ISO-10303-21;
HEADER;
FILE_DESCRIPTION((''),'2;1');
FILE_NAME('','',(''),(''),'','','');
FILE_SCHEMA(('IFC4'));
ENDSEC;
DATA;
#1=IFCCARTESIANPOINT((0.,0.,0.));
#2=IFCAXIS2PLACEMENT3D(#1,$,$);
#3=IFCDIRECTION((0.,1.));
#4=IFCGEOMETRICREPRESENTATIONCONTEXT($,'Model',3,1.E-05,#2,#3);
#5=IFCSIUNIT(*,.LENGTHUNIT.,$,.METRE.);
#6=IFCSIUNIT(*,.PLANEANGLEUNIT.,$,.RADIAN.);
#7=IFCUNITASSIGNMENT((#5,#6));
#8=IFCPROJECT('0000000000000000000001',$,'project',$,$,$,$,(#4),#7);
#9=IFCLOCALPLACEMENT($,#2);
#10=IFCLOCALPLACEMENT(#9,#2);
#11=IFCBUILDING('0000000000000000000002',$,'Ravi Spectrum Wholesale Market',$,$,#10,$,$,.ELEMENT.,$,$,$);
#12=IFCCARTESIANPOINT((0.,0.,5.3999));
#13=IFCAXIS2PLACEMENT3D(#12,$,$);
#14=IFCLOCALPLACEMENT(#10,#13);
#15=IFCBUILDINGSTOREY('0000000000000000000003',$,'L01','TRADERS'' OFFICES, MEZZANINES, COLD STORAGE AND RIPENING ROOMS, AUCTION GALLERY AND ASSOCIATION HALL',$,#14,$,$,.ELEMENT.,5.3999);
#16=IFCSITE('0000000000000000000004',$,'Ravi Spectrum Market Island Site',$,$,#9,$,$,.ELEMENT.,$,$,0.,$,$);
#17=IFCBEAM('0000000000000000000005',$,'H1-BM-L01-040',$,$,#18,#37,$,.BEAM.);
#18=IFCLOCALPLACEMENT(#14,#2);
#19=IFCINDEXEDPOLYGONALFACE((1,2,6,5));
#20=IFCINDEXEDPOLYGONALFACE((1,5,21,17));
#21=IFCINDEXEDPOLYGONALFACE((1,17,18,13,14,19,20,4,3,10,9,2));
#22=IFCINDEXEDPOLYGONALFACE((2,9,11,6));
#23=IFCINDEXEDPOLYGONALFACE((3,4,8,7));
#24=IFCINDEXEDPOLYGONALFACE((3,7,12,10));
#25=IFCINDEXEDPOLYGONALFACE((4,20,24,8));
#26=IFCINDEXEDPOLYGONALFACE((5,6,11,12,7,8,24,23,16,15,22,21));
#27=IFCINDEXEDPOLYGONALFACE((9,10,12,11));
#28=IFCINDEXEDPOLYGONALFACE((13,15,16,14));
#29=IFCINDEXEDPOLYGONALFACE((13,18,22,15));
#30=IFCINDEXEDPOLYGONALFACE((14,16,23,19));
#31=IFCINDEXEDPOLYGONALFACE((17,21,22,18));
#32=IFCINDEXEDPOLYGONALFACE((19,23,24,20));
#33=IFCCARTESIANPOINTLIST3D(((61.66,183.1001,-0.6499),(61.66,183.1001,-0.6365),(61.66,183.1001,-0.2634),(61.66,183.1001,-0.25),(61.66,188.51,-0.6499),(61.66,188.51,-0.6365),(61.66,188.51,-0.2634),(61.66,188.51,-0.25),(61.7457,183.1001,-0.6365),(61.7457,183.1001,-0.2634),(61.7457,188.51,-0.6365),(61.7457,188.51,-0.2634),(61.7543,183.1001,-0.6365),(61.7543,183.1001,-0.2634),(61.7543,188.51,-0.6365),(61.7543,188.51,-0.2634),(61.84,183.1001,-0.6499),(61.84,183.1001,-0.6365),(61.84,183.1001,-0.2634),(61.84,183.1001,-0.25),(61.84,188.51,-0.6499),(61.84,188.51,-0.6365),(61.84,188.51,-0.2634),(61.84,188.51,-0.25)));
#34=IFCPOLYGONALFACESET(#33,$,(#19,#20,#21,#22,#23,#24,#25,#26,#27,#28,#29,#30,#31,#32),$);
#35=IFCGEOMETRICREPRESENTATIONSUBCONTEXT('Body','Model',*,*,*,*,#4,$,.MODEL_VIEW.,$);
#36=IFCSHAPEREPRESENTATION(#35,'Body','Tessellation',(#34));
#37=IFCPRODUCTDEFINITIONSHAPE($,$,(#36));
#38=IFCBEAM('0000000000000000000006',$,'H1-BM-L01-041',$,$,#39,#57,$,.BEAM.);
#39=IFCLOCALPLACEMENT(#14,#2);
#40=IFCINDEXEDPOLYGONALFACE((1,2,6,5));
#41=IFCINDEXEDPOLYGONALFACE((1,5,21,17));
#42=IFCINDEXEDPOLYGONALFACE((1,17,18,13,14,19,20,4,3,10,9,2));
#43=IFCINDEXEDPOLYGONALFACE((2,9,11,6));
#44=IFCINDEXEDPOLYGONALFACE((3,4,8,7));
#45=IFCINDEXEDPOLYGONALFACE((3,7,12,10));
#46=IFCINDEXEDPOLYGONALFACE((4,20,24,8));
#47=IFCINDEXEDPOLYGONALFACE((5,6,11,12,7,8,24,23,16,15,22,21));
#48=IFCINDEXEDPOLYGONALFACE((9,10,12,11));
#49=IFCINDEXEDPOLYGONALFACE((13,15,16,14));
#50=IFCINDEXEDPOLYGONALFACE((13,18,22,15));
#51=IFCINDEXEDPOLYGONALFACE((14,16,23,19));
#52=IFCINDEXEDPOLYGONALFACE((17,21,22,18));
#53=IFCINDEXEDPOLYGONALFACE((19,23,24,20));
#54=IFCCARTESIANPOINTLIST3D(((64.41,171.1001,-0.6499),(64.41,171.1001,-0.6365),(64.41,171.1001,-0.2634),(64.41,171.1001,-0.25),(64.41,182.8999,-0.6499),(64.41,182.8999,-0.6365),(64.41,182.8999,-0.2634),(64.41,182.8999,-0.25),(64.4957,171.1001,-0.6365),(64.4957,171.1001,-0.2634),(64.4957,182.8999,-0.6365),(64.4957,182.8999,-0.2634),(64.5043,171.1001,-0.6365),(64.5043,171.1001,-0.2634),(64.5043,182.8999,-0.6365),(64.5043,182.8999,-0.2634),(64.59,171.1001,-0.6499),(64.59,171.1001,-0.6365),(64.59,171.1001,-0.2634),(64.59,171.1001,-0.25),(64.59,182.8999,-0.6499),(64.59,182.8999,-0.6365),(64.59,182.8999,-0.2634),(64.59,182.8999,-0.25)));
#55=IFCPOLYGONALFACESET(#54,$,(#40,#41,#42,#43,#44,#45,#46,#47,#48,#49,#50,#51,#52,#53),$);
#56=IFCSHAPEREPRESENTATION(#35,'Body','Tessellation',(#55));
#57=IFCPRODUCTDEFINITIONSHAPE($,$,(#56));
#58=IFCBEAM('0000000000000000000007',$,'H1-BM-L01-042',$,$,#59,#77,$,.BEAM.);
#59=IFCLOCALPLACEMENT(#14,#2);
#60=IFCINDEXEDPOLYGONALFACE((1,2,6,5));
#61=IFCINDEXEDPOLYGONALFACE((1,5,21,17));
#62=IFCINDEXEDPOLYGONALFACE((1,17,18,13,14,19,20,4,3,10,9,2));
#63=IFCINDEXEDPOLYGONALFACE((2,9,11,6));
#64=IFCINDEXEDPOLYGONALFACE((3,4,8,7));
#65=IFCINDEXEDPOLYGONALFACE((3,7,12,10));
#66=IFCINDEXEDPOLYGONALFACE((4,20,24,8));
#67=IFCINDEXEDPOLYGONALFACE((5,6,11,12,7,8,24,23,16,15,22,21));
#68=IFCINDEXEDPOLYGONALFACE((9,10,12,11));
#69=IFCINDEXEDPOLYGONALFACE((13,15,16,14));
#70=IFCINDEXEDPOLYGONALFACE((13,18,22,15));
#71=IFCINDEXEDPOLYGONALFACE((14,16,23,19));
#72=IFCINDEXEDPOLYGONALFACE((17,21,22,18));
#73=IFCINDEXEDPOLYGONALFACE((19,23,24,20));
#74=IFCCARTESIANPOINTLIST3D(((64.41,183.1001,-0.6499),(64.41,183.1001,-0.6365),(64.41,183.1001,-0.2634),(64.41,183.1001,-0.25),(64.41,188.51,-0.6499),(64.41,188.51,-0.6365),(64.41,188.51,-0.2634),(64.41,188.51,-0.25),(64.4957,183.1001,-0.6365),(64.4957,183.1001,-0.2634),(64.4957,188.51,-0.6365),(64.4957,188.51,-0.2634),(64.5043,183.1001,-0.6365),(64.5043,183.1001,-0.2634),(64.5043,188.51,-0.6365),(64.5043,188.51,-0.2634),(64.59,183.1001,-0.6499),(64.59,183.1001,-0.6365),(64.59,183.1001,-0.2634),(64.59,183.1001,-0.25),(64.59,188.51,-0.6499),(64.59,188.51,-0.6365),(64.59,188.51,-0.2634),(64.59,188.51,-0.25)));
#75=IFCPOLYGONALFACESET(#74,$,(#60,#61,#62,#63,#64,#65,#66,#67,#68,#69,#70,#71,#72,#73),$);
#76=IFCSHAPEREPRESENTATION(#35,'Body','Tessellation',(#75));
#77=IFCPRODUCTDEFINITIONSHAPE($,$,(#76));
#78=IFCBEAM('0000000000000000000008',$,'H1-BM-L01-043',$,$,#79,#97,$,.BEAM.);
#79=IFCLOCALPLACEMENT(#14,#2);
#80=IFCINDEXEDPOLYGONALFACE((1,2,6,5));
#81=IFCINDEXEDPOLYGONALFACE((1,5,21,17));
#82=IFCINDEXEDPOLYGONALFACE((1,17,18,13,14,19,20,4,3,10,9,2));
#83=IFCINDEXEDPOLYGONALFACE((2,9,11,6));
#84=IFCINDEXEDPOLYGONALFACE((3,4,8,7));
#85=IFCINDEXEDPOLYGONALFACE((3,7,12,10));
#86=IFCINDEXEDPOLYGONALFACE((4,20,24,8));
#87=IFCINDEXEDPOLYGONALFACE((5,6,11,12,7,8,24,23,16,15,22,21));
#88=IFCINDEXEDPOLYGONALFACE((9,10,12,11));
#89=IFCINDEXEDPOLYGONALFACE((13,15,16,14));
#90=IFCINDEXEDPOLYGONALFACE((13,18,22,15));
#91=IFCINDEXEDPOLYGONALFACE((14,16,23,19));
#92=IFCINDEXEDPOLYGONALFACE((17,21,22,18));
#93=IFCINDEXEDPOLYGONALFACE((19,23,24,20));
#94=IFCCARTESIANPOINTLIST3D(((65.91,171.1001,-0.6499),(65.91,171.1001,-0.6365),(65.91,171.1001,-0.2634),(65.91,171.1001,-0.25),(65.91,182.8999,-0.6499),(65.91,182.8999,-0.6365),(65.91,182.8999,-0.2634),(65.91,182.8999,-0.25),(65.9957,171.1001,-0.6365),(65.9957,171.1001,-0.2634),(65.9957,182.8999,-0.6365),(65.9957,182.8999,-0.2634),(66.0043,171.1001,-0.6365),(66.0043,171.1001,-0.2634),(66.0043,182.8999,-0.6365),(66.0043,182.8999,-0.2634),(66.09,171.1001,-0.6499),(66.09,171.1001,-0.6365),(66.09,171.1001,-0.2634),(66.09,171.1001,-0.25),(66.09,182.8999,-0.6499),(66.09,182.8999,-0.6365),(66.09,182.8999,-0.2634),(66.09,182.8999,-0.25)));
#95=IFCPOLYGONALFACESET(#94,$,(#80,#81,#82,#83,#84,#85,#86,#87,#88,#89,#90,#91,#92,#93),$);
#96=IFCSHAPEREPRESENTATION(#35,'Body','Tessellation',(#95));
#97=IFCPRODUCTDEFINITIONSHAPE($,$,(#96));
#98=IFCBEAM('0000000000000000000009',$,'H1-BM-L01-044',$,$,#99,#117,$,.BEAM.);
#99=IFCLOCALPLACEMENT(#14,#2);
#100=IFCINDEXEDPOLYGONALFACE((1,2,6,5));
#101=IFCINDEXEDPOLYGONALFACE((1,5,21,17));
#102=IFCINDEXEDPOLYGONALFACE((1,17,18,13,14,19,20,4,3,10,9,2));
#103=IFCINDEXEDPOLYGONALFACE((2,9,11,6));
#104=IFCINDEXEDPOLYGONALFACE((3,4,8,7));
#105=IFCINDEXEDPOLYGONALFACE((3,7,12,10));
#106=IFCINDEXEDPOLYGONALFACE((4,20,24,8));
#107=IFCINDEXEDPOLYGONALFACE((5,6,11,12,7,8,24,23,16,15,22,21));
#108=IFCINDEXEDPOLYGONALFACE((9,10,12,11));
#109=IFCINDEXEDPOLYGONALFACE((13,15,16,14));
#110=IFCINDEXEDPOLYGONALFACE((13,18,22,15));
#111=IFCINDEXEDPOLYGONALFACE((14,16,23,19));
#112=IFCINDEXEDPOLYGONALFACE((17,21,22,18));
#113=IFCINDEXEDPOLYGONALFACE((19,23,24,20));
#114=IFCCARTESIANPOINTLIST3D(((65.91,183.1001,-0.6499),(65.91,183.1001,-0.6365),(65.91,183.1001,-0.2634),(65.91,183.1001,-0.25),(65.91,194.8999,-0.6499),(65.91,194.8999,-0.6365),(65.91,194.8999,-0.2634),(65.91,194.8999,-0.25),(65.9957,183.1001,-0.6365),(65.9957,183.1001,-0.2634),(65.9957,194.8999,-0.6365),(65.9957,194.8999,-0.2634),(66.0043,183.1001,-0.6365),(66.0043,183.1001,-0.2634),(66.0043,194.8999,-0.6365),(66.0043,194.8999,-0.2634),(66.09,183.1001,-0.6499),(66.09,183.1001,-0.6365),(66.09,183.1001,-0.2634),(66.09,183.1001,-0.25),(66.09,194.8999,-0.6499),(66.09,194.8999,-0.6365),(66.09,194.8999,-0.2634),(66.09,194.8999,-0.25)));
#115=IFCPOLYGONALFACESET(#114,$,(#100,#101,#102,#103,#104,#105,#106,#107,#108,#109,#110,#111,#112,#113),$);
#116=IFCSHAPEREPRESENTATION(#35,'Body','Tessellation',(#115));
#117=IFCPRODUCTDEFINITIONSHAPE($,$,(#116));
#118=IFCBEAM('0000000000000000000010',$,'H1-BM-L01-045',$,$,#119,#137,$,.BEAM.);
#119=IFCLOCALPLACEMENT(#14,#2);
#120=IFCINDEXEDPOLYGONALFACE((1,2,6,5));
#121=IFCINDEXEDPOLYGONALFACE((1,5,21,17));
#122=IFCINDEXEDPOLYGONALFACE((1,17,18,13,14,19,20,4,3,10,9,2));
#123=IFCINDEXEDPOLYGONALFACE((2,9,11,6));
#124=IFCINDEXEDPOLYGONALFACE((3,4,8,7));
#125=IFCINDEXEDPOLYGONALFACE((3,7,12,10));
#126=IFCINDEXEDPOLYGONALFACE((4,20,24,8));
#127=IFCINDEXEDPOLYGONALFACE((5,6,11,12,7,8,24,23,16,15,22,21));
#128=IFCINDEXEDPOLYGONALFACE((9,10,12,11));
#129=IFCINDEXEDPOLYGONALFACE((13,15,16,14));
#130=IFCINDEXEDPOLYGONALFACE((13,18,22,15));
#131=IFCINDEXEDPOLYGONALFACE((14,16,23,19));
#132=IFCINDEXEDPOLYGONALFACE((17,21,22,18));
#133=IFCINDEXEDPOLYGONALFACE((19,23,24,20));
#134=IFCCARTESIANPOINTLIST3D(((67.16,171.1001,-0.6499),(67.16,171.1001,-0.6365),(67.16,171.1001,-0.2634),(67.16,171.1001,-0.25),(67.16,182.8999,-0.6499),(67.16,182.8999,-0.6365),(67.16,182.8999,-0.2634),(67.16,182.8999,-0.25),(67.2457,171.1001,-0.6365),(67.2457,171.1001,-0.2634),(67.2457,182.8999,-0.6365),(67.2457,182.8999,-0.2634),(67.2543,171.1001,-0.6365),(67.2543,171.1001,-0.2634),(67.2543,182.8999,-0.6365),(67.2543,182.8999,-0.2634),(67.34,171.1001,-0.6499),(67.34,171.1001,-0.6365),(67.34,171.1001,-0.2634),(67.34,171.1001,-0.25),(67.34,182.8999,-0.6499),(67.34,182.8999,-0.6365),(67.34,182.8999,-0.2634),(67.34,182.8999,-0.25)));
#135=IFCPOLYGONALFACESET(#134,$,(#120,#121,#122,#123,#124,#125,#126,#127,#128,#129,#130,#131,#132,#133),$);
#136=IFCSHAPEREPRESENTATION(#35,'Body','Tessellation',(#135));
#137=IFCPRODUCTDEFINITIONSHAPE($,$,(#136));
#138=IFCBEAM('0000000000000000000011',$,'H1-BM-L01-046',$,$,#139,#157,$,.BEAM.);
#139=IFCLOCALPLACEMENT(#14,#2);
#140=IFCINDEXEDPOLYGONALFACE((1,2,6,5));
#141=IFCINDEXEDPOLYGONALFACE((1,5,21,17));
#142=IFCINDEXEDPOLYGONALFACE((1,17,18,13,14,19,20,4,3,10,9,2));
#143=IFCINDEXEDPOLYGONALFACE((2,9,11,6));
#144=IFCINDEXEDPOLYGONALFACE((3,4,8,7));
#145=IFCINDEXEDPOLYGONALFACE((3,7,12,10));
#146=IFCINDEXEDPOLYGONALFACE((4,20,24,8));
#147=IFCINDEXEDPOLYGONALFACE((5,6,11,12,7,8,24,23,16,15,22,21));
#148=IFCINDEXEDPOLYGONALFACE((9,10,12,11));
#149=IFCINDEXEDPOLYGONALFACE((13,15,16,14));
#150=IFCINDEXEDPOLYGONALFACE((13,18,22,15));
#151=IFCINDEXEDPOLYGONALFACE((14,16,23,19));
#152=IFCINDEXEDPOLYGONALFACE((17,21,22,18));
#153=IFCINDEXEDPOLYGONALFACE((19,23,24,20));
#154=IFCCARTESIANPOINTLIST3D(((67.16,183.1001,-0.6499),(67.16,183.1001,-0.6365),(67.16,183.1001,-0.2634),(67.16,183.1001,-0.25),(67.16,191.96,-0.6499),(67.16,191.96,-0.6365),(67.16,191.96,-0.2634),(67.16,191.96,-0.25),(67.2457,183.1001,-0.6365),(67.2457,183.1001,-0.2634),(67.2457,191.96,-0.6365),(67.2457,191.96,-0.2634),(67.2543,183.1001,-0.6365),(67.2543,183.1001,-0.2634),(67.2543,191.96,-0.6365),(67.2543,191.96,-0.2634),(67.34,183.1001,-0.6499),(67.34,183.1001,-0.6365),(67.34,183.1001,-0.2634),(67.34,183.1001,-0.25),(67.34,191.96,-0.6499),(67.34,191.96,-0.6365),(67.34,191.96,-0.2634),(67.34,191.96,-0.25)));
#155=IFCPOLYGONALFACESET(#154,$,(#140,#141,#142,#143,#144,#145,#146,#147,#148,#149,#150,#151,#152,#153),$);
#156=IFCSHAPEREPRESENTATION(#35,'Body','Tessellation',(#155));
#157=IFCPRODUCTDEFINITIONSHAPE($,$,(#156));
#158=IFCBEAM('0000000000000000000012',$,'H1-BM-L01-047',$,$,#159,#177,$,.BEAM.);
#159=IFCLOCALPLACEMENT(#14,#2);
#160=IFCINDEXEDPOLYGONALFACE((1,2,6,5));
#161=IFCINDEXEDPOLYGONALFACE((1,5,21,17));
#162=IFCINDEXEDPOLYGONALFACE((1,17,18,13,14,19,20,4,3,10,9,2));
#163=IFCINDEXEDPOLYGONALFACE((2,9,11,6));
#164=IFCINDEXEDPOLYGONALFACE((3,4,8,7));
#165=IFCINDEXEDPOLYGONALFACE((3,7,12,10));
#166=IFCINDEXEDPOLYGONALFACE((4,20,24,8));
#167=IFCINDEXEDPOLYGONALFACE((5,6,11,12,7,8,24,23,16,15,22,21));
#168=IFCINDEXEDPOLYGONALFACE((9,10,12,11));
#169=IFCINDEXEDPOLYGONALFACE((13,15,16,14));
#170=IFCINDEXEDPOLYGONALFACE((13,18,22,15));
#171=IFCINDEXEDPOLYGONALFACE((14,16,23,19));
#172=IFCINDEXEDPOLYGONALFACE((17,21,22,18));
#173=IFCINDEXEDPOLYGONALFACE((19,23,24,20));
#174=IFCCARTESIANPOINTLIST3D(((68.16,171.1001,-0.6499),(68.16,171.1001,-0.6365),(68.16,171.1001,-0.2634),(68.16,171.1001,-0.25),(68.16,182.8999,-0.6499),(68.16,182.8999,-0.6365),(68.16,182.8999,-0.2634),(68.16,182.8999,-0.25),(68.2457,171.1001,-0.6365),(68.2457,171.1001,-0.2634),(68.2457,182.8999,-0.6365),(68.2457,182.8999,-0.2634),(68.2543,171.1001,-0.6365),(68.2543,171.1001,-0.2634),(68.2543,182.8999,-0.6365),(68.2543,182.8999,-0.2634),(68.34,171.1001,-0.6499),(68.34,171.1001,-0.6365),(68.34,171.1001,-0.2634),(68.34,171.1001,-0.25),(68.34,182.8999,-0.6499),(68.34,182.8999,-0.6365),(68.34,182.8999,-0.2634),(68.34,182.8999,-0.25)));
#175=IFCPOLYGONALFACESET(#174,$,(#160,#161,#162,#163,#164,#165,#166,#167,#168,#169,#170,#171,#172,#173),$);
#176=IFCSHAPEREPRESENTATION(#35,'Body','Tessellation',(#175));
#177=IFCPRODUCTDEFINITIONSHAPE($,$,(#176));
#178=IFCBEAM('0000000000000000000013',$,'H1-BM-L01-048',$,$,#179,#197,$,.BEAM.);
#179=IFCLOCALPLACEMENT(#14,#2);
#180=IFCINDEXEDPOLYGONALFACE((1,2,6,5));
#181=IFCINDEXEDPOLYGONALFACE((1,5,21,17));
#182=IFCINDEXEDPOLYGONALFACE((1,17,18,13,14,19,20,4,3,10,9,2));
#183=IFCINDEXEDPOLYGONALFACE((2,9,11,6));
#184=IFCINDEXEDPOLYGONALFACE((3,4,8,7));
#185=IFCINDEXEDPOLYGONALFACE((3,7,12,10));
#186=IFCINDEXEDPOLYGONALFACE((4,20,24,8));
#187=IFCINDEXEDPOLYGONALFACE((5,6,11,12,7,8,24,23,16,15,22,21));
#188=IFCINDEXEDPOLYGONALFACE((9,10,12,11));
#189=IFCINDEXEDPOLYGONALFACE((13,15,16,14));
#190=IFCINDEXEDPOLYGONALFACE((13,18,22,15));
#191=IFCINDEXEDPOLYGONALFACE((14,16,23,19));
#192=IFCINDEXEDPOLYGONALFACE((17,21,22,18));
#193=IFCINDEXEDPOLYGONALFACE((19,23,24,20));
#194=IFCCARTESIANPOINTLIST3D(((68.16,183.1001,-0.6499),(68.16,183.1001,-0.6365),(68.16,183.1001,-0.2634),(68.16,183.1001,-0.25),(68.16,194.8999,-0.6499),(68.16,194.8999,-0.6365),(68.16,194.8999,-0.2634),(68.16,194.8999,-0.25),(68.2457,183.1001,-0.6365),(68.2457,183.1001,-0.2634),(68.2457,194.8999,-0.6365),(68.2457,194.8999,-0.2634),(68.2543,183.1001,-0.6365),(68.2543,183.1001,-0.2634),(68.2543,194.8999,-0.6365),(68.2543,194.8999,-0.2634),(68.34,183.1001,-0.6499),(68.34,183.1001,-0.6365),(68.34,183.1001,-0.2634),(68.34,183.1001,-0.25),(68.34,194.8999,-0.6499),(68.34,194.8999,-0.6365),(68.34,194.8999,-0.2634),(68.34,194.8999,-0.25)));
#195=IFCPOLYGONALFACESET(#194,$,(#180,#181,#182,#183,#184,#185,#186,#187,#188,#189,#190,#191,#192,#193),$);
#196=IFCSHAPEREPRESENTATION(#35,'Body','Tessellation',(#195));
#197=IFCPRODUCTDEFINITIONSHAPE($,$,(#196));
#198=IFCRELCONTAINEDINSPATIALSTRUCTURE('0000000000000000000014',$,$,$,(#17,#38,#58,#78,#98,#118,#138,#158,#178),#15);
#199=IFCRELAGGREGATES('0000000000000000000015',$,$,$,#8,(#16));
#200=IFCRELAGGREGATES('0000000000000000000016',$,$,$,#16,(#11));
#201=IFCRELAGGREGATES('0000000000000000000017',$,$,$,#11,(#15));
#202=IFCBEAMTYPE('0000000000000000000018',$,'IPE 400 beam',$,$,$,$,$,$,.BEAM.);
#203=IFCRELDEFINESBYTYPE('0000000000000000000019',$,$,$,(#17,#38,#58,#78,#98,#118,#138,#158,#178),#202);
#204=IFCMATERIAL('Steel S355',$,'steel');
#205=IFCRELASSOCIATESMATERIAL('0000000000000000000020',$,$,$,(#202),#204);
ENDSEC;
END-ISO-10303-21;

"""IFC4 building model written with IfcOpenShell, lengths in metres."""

from ifc_helpers import new_model, si_unit, direction, frame, origin, origin_2d, place, context, subcontext, project, spatial, i_section, extrude, material, material_profile, profile_set, type_object, element, save


model = new_model("IFC4")

# Units and contexts
model_context = context("Model", 3, precision=1e-05, world=origin(), true_north=direction((0.0, 1.0)))
body_context = subcontext(model_context, "Body", "Model", "MODEL_VIEW")
ifc_project = project(units=[si_unit("LENGTHUNIT", "METRE"), si_unit("PLANEANGLEUNIT", "RADIAN")], contexts=[model_context])

# Site, building, storey
site_placement = place(None, origin())
site = spatial("IfcSite", under=ifc_project, at=site_placement, Name="Ravi Spectrum Market Island Site", CompositionType="ELEMENT", RefElevation=0.0)
building_placement = place(site_placement, origin())
building = spatial("IfcBuilding", under=site, at=building_placement, Name="Ravi Spectrum Wholesale Market", CompositionType="ELEMENT")
storey_placement = place(building_placement, frame((0.0, 0.0, 5.3999)))
storey = spatial("IfcBuildingStorey", under=building, at=storey_placement, Name="L01", Description="TRADERS' OFFICES, MEZZANINES, COLD STORAGE AND RIPENING ROOMS, AUCTION GALLERY AND ASSOCIATION HALL", CompositionType="ELEMENT", Elevation=5.3999)

# Beams
ifc_material_1 = material(Name="Steel S355", Category="steel")
ifc_material_profile_1 = material_profile(ifc_material_1, i_section(OverallWidth=0.1799, OverallDepth=0.3999, WebThickness=0.0085, FlangeThickness=0.0134, at=origin_2d()))
ifc_profile_set_1 = profile_set([ifc_material_profile_1], Name="Steel S355")
beam_type_1 = type_object("IfcBeamType", Name="IPE 400 beam", PredefinedType="BEAM", material=ifc_profile_set_1)
beam_1_placement = place(storey_placement, frame((61.75, 183.1001, -0.45), z_axis=(0.0, 1.0, 0.0), x_axis=(-1.0, 0.0, 0.0)))
element("IfcBeam", 1, at=beam_1_placement, inside=storey, type_object=beam_type_1, Name="H1-BM-L01-040", PredefinedType="BEAM", context=body_context, shape_type="SweptSolid", body=[
    extrude(i_section(OverallWidth=0.1799, OverallDepth=0.3999, WebThickness=0.0085, FlangeThickness=0.0134, at=origin_2d()), origin(), (0.0, 0.0, 1.0), 5.4099),
])
beam_2_placement = place(storey_placement, frame((64.5, 171.1001, -0.45), z_axis=(0.0, 1.0, 0.0), x_axis=(-1.0, 0.0, 0.0)))
element("IfcBeam", 2, at=beam_2_placement, inside=storey, type_object=beam_type_1, Name="H1-BM-L01-041", PredefinedType="BEAM", context=body_context, shape_type="SweptSolid", body=[
    extrude(i_section(OverallWidth=0.1799, OverallDepth=0.3999, WebThickness=0.0085, FlangeThickness=0.0134, at=origin_2d()), origin(), (0.0, 0.0, 1.0), 11.7998),
])
beam_3_placement = place(storey_placement, frame((64.5, 183.1001, -0.45), z_axis=(0.0, 1.0, 0.0), x_axis=(-1.0, 0.0, 0.0)))
element("IfcBeam", 3, at=beam_3_placement, inside=storey, type_object=beam_type_1, Name="H1-BM-L01-042", PredefinedType="BEAM", context=body_context, shape_type="SweptSolid", body=[
    extrude(i_section(OverallWidth=0.1799, OverallDepth=0.3999, WebThickness=0.0085, FlangeThickness=0.0134, at=origin_2d()), origin(), (0.0, 0.0, 1.0), 5.4099),
])
for number, where, z_axis, x_axis, name in (
    (4, (66.0, 171.1001, -0.45), (0.0, 1.0, 0.0), (-1.0, 0.0, 0.0), "H1-BM-L01-043"),
    (5, (66.0, 183.1001, -0.45), (0.0, 1.0, 0.0), (-1.0, 0.0, 0.0), "H1-BM-L01-044"),
    (6, (67.25, 171.1001, -0.45), (0.0, 1.0, 0.0), (-1.0, 0.0, 0.0), "H1-BM-L01-045"),
):
    element("IfcBeam", number, at=place(storey_placement, frame(where, z_axis=z_axis, x_axis=x_axis)), inside=storey, type_object=beam_type_1, Name=name, PredefinedType="BEAM", context=body_context, shape_type="SweptSolid", body=[
        extrude(i_section(OverallWidth=0.1799, OverallDepth=0.3999, WebThickness=0.0085, FlangeThickness=0.0134, at=origin_2d()), origin(), (0.0, 0.0, 1.0), 11.7998),
    ])
beam_4_placement = place(storey_placement, frame((67.25, 183.1001, -0.45), z_axis=(0.0, 1.0, 0.0), x_axis=(-1.0, 0.0, 0.0)))
element("IfcBeam", 7, at=beam_4_placement, inside=storey, type_object=beam_type_1, Name="H1-BM-L01-046", PredefinedType="BEAM", context=body_context, shape_type="SweptSolid", body=[
    extrude(i_section(OverallWidth=0.1799, OverallDepth=0.3999, WebThickness=0.0085, FlangeThickness=0.0134, at=origin_2d()), origin(), (0.0, 0.0, 1.0), 8.8599),
])
for number, where, z_axis, x_axis, name in (
    (8, (68.25, 171.1001, -0.45), (0.0, 1.0, 0.0), (-1.0, 0.0, 0.0), "H1-BM-L01-047"),
    (9, (68.25, 183.1001, -0.45), (0.0, 1.0, 0.0), (-1.0, 0.0, 0.0), "H1-BM-L01-048"),
):
    element("IfcBeam", number, at=place(storey_placement, frame(where, z_axis=z_axis, x_axis=x_axis)), inside=storey, type_object=beam_type_1, Name=name, PredefinedType="BEAM", context=body_context, shape_type="SweptSolid", body=[
        extrude(i_section(OverallWidth=0.1799, OverallDepth=0.3999, WebThickness=0.0085, FlangeThickness=0.0134, at=origin_2d()), origin(), (0.0, 0.0, 1.0), 11.7998),
    ])

save(model, "model.ifc")
